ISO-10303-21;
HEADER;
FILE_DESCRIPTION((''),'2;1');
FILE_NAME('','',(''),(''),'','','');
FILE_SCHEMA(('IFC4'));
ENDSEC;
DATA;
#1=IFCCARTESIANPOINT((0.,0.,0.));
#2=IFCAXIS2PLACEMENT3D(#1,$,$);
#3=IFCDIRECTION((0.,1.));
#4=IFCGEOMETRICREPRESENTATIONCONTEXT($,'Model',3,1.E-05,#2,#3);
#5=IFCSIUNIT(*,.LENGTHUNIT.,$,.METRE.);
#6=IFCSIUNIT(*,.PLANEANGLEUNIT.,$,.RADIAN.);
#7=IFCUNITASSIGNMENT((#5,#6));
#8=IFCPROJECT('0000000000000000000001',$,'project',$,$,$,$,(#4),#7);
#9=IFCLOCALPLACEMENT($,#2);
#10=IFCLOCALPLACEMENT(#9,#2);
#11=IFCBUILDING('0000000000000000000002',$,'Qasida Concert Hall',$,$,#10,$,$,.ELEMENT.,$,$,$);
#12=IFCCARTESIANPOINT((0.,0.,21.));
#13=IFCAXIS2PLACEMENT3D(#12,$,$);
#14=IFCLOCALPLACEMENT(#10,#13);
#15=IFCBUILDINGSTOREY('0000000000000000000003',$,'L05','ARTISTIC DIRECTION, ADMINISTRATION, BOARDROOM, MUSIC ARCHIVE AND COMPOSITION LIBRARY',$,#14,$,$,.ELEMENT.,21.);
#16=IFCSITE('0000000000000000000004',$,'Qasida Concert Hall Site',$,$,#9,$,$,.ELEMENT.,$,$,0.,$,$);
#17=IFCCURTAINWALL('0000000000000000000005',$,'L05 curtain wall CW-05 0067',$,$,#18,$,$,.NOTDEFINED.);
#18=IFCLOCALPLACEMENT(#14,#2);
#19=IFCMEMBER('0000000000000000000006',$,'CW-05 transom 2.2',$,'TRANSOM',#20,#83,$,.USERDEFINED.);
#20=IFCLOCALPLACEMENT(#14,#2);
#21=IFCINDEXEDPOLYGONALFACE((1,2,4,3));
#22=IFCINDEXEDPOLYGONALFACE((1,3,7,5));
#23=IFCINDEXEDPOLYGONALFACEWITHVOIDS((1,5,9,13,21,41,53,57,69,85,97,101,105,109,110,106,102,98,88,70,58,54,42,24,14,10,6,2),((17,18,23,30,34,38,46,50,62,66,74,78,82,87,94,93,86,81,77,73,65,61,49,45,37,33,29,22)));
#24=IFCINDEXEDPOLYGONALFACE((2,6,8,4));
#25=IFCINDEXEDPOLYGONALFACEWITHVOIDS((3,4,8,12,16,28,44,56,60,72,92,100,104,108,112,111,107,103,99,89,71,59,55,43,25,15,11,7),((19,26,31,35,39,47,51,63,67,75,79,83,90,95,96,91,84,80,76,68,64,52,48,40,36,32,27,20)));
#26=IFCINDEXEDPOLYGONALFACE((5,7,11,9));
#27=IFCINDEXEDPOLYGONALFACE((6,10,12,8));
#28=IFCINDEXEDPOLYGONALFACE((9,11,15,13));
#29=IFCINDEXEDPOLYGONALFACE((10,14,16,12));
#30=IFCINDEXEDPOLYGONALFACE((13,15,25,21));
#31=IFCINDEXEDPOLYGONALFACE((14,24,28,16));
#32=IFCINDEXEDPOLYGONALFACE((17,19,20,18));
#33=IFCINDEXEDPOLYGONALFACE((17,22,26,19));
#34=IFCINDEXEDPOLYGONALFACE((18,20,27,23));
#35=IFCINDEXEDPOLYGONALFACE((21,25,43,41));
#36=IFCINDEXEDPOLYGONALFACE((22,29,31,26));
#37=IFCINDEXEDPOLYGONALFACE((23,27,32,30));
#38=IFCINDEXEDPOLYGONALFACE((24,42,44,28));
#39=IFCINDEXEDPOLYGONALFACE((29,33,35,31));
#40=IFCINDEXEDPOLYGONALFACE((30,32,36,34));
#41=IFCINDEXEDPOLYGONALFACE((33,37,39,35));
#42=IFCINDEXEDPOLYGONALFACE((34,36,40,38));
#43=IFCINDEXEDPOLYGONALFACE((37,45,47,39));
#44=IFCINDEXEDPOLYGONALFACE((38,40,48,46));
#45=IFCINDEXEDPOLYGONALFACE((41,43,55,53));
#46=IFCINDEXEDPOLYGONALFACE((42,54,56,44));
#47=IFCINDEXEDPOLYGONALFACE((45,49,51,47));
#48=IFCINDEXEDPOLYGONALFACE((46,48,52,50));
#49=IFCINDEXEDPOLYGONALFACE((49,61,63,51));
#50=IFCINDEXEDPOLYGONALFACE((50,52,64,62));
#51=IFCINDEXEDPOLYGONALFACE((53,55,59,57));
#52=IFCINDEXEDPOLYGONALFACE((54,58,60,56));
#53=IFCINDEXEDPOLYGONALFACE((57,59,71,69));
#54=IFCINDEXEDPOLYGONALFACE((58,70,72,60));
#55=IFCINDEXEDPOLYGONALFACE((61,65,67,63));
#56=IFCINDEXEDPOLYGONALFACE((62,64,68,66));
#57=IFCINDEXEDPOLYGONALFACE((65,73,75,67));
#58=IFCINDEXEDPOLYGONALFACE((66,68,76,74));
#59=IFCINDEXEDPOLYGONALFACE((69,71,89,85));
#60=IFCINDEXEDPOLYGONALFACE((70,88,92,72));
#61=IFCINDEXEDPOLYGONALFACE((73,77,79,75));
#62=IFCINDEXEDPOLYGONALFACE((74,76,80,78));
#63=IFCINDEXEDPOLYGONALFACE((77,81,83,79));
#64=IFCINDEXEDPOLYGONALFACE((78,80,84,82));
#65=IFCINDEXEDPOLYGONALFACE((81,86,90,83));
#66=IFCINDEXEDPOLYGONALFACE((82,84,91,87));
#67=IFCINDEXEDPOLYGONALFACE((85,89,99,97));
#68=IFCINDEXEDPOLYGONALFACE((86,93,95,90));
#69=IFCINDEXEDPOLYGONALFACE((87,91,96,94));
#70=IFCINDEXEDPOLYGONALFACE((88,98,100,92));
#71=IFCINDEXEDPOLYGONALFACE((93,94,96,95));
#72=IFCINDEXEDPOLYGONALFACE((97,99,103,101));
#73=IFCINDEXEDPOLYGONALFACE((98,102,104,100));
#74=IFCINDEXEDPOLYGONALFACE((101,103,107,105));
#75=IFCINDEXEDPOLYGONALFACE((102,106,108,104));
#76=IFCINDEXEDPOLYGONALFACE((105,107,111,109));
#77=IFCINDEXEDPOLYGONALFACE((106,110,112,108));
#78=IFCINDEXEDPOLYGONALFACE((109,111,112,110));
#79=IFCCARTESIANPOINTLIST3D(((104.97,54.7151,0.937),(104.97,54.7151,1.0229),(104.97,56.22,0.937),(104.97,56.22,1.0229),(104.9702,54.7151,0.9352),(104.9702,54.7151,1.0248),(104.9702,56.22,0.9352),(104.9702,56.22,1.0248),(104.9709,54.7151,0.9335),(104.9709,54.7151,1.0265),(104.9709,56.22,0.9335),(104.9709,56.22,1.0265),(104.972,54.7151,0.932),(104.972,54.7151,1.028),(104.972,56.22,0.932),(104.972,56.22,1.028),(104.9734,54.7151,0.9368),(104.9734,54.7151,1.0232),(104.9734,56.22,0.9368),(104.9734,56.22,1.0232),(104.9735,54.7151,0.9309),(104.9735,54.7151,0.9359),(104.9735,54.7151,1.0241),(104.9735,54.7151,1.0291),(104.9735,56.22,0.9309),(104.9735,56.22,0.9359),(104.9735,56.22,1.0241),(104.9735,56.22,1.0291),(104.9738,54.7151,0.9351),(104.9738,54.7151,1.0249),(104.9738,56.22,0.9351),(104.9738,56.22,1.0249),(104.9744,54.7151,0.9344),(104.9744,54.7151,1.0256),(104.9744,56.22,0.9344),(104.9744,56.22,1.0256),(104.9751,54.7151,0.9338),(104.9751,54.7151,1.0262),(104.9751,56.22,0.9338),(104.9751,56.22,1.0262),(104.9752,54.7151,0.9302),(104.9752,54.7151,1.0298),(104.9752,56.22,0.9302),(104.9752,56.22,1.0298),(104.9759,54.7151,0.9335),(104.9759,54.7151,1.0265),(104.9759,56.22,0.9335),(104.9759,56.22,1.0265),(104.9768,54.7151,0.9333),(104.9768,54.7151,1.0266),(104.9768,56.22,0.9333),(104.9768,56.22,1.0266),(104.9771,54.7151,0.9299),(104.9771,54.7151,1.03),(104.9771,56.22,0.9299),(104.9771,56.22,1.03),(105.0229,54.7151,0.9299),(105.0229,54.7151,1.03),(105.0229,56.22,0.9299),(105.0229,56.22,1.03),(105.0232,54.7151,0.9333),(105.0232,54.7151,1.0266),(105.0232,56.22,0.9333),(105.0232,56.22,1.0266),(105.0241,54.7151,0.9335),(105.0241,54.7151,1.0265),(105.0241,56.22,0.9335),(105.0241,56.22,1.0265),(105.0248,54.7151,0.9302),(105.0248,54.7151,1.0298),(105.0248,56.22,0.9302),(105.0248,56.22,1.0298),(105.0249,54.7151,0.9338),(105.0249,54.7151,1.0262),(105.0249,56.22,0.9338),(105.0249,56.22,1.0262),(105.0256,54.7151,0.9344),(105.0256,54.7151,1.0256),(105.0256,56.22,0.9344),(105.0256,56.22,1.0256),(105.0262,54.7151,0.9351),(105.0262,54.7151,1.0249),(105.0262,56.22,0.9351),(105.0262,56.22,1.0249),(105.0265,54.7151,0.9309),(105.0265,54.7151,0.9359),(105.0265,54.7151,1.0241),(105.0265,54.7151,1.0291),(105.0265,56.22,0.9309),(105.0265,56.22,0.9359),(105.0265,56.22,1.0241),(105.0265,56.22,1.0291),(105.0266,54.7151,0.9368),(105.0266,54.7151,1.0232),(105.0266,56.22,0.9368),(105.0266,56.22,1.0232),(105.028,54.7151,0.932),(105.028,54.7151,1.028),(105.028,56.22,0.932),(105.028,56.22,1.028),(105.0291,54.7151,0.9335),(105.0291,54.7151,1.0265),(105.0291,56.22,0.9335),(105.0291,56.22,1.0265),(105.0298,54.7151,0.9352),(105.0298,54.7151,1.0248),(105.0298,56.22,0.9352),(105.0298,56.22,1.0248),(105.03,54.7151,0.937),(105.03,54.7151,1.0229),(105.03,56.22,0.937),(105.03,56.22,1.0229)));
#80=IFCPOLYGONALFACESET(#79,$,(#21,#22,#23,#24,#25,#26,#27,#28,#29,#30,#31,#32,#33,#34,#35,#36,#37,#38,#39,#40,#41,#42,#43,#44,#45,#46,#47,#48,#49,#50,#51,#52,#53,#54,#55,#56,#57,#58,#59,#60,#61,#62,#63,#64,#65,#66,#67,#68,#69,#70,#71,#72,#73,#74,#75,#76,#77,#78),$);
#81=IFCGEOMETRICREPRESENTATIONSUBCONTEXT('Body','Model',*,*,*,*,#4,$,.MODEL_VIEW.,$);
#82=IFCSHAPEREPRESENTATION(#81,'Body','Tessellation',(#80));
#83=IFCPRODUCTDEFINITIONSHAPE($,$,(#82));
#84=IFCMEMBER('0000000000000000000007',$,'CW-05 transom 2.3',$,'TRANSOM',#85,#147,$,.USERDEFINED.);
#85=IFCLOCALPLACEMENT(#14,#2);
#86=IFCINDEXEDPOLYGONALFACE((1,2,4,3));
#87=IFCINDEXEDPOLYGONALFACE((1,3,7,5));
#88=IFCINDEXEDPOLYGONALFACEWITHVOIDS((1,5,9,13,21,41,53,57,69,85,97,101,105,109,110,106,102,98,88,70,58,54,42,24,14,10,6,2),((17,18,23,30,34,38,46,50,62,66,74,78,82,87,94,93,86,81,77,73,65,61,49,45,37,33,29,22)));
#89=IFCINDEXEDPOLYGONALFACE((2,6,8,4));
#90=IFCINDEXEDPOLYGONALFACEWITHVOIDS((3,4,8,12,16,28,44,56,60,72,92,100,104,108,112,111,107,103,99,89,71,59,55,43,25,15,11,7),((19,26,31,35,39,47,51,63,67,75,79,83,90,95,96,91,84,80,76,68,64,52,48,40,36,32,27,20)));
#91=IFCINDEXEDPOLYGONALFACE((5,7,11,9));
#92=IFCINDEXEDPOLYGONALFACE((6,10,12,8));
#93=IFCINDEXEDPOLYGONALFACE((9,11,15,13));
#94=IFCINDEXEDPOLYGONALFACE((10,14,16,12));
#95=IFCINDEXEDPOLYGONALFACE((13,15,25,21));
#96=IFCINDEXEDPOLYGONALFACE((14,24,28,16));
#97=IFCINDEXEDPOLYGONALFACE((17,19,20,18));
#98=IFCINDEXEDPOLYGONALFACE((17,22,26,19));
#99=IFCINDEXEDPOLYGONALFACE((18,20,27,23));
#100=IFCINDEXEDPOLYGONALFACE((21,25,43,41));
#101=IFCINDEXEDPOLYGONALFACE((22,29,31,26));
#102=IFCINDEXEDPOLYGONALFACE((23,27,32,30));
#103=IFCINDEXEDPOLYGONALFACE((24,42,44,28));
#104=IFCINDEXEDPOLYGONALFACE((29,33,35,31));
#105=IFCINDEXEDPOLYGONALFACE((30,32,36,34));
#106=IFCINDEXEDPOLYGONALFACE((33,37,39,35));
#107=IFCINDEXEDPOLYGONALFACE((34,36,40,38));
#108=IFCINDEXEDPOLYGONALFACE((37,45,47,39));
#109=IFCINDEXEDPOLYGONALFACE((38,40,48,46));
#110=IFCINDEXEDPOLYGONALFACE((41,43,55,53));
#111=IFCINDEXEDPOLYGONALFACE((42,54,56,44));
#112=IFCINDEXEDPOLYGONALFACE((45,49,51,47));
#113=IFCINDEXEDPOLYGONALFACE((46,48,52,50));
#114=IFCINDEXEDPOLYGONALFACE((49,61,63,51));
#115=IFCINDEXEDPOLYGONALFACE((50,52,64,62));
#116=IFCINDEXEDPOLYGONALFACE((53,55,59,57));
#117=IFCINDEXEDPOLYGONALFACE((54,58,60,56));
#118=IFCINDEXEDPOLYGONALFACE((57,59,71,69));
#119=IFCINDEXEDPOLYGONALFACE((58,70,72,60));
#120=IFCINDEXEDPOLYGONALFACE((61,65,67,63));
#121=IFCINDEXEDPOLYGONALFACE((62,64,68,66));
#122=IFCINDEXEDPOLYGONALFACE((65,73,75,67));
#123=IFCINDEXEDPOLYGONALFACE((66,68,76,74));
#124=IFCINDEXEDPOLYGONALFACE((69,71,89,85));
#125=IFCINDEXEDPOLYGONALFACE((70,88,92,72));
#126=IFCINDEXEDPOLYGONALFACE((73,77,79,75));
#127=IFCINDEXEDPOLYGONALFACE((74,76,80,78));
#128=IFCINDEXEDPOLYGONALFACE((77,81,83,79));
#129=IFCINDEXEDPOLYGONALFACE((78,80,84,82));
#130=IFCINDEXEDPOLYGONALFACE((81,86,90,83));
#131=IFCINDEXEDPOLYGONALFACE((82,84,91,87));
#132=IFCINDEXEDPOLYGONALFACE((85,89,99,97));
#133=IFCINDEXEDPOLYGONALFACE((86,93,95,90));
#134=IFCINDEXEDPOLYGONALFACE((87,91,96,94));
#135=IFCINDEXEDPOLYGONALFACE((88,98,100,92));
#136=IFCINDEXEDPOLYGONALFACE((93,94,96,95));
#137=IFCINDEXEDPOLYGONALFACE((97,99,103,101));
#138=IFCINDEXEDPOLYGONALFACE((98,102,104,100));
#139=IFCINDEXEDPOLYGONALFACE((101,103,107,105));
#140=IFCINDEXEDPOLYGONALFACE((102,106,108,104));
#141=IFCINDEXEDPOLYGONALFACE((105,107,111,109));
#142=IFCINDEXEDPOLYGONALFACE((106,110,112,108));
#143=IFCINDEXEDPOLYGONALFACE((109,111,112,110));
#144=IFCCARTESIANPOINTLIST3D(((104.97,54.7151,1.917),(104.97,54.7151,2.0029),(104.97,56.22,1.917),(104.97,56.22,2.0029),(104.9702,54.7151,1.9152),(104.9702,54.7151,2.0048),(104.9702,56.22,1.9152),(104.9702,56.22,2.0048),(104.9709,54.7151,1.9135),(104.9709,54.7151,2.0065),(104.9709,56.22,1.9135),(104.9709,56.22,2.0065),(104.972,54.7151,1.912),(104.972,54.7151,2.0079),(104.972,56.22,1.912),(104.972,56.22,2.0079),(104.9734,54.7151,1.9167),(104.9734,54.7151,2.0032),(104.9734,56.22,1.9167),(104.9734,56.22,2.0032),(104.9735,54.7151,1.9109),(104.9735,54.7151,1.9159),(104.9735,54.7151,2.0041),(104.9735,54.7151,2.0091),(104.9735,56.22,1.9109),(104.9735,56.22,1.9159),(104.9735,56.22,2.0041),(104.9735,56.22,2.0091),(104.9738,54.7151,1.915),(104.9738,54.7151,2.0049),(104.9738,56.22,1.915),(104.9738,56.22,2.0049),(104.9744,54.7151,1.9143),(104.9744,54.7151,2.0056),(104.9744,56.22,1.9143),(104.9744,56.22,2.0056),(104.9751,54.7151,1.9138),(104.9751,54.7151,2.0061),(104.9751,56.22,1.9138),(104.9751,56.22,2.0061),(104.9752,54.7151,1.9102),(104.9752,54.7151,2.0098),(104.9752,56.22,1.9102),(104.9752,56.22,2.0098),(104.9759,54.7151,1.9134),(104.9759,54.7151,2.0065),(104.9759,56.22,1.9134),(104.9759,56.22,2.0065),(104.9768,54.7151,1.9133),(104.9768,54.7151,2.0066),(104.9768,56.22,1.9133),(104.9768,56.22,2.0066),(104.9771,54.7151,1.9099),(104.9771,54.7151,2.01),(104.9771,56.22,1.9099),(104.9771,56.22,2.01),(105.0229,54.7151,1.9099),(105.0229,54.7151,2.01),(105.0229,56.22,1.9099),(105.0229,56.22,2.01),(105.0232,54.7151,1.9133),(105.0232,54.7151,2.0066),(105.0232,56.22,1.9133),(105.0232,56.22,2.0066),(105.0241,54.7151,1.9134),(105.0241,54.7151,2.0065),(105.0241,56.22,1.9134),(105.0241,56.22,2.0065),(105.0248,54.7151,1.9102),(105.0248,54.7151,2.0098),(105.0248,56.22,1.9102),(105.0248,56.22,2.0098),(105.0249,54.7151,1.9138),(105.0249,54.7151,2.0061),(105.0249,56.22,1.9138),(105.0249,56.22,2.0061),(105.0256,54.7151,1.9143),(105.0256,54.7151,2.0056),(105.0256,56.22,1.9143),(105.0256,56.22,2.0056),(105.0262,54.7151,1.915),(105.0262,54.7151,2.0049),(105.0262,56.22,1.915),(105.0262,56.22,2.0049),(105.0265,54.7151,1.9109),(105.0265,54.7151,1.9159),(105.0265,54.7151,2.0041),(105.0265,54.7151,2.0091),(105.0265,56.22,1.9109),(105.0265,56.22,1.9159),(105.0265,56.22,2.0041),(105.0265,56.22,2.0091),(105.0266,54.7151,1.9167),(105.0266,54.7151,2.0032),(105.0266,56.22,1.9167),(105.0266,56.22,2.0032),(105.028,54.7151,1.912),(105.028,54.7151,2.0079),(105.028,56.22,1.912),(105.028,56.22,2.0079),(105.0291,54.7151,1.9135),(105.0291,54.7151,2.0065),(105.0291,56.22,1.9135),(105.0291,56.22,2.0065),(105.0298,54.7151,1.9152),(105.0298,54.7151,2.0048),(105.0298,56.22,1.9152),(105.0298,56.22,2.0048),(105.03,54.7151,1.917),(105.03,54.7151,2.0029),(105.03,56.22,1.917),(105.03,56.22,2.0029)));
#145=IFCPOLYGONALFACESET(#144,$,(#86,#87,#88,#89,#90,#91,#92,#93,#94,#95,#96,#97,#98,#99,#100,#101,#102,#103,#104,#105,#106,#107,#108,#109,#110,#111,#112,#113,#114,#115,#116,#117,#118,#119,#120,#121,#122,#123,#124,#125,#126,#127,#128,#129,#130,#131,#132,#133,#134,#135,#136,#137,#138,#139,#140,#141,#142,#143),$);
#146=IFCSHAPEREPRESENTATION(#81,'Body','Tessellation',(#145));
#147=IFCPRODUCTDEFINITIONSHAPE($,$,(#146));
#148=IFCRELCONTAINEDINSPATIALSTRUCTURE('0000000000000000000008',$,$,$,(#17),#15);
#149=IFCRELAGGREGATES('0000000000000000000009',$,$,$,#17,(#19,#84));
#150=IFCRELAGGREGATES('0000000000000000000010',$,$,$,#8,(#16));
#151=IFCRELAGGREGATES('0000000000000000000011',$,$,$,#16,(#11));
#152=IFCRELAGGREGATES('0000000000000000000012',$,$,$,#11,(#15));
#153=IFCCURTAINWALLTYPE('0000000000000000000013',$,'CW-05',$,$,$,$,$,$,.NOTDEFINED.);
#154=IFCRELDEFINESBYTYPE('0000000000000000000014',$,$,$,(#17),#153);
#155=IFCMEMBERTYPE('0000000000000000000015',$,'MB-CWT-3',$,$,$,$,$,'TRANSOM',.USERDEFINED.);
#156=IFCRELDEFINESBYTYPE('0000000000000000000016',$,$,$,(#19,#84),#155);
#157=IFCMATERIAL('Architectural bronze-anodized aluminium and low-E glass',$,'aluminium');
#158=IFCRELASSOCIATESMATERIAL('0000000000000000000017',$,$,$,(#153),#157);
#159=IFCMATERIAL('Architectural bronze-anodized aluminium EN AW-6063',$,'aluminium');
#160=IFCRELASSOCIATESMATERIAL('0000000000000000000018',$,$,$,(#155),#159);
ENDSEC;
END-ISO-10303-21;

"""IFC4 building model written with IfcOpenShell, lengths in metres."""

from ifc_helpers import new_model, si_unit, direction, frame, origin, origin_2d, place, context, subcontext, project, spatial, hollow_rectangle, extrude, material, material_profile, profile_set, type_object, element, aggregate, save


model = new_model("IFC4")

# Units and contexts
model_context = context("Model", 3, precision=1e-05, world=origin(), true_north=direction((0.0, 1.0)))
body_context = subcontext(model_context, "Body", "Model", "MODEL_VIEW")
ifc_project = project(units=[si_unit("LENGTHUNIT", "METRE"), si_unit("PLANEANGLEUNIT", "RADIAN")], contexts=[model_context])

# Site, building, storey
site_placement = place(None, origin())
site = spatial("IfcSite", under=ifc_project, at=site_placement, Name="Qasida Concert Hall Site", CompositionType="ELEMENT", RefElevation=0.0)
building_placement = place(site_placement, origin())
building = spatial("IfcBuilding", under=site, at=building_placement, Name="Qasida Concert Hall", CompositionType="ELEMENT")
storey_placement = place(building_placement, frame((0.0, 0.0, 21.0)))
storey = spatial("IfcBuildingStorey", under=building, at=storey_placement, Name="L05", Description="ARTISTIC DIRECTION, ADMINISTRATION, BOARDROOM, MUSIC ARCHIVE AND COMPOSITION LIBRARY", CompositionType="ELEMENT", Elevation=21.0)

# Curtain wall, members
ifc_material_1 = material(Name="Architectural bronze-anodized aluminium and low-E glass", Category="aluminium")
curtain_wall_type = type_object("IfcCurtainWallType", Name="CW-05", PredefinedType="NOTDEFINED", material=ifc_material_1)
curtain_wall_placement = place(storey_placement, origin())
curtain_wall = element("IfcCurtainWall", 1, at=curtain_wall_placement, inside=storey, type_object=curtain_wall_type, Name="L05 curtain wall CW-05 0067", PredefinedType="NOTDEFINED")
ifc_material_2 = material(Name="Architectural bronze-anodized aluminium EN AW-6063", Category="aluminium")
ifc_material_profile_1 = material_profile(ifc_material_2, hollow_rectangle(XDim=0.0601, YDim=0.1001, WallThickness=0.0034, InnerFilletRadius=0.0034, OuterFilletRadius=0.0071, at=origin_2d()), Name="CWT 100x60x3.5")
ifc_profile_set_1 = profile_set([ifc_material_profile_1], Name="Architectural bronze-anodized aluminium EN AW-6063")
member_type_1 = type_object("IfcMemberType", Name="MB-CWT-3", ElementType="TRANSOM", PredefinedType="USERDEFINED", material=ifc_profile_set_1)
member_1_placement = place(storey_placement, frame((105.0, 54.7151, 0.98), z_axis=(0.0, 1.0, 0.0), x_axis=(-1.0, 0.0, 0.0)))
member_1 = element("IfcMember", 2, at=member_1_placement, type_object=member_type_1, Name="CW-05 transom 2.2", ObjectType="TRANSOM", PredefinedType="USERDEFINED", context=body_context, shape_type="SweptSolid", body=[
    extrude(hollow_rectangle(XDim=0.0601, YDim=0.1001, WallThickness=0.0034, InnerFilletRadius=0.0034, OuterFilletRadius=0.0071, at=origin_2d()), origin(), (0.0, 0.0, 1.0), 1.5049),
])
member_2_placement = place(storey_placement, frame((105.0, 54.7151, 1.96), z_axis=(0.0, 1.0, 0.0), x_axis=(-1.0, 0.0, 0.0)))
member_2 = element("IfcMember", 3, at=member_2_placement, type_object=member_type_1, Name="CW-05 transom 2.3", ObjectType="TRANSOM", PredefinedType="USERDEFINED", context=body_context, shape_type="SweptSolid", body=[
    extrude(hollow_rectangle(XDim=0.0601, YDim=0.1001, WallThickness=0.0034, InnerFilletRadius=0.0034, OuterFilletRadius=0.0071, at=origin_2d()), origin(), (0.0, 0.0, 1.0), 1.5049),
])
aggregate(curtain_wall, [member_1, member_2])

save(model, "model.ifc")
